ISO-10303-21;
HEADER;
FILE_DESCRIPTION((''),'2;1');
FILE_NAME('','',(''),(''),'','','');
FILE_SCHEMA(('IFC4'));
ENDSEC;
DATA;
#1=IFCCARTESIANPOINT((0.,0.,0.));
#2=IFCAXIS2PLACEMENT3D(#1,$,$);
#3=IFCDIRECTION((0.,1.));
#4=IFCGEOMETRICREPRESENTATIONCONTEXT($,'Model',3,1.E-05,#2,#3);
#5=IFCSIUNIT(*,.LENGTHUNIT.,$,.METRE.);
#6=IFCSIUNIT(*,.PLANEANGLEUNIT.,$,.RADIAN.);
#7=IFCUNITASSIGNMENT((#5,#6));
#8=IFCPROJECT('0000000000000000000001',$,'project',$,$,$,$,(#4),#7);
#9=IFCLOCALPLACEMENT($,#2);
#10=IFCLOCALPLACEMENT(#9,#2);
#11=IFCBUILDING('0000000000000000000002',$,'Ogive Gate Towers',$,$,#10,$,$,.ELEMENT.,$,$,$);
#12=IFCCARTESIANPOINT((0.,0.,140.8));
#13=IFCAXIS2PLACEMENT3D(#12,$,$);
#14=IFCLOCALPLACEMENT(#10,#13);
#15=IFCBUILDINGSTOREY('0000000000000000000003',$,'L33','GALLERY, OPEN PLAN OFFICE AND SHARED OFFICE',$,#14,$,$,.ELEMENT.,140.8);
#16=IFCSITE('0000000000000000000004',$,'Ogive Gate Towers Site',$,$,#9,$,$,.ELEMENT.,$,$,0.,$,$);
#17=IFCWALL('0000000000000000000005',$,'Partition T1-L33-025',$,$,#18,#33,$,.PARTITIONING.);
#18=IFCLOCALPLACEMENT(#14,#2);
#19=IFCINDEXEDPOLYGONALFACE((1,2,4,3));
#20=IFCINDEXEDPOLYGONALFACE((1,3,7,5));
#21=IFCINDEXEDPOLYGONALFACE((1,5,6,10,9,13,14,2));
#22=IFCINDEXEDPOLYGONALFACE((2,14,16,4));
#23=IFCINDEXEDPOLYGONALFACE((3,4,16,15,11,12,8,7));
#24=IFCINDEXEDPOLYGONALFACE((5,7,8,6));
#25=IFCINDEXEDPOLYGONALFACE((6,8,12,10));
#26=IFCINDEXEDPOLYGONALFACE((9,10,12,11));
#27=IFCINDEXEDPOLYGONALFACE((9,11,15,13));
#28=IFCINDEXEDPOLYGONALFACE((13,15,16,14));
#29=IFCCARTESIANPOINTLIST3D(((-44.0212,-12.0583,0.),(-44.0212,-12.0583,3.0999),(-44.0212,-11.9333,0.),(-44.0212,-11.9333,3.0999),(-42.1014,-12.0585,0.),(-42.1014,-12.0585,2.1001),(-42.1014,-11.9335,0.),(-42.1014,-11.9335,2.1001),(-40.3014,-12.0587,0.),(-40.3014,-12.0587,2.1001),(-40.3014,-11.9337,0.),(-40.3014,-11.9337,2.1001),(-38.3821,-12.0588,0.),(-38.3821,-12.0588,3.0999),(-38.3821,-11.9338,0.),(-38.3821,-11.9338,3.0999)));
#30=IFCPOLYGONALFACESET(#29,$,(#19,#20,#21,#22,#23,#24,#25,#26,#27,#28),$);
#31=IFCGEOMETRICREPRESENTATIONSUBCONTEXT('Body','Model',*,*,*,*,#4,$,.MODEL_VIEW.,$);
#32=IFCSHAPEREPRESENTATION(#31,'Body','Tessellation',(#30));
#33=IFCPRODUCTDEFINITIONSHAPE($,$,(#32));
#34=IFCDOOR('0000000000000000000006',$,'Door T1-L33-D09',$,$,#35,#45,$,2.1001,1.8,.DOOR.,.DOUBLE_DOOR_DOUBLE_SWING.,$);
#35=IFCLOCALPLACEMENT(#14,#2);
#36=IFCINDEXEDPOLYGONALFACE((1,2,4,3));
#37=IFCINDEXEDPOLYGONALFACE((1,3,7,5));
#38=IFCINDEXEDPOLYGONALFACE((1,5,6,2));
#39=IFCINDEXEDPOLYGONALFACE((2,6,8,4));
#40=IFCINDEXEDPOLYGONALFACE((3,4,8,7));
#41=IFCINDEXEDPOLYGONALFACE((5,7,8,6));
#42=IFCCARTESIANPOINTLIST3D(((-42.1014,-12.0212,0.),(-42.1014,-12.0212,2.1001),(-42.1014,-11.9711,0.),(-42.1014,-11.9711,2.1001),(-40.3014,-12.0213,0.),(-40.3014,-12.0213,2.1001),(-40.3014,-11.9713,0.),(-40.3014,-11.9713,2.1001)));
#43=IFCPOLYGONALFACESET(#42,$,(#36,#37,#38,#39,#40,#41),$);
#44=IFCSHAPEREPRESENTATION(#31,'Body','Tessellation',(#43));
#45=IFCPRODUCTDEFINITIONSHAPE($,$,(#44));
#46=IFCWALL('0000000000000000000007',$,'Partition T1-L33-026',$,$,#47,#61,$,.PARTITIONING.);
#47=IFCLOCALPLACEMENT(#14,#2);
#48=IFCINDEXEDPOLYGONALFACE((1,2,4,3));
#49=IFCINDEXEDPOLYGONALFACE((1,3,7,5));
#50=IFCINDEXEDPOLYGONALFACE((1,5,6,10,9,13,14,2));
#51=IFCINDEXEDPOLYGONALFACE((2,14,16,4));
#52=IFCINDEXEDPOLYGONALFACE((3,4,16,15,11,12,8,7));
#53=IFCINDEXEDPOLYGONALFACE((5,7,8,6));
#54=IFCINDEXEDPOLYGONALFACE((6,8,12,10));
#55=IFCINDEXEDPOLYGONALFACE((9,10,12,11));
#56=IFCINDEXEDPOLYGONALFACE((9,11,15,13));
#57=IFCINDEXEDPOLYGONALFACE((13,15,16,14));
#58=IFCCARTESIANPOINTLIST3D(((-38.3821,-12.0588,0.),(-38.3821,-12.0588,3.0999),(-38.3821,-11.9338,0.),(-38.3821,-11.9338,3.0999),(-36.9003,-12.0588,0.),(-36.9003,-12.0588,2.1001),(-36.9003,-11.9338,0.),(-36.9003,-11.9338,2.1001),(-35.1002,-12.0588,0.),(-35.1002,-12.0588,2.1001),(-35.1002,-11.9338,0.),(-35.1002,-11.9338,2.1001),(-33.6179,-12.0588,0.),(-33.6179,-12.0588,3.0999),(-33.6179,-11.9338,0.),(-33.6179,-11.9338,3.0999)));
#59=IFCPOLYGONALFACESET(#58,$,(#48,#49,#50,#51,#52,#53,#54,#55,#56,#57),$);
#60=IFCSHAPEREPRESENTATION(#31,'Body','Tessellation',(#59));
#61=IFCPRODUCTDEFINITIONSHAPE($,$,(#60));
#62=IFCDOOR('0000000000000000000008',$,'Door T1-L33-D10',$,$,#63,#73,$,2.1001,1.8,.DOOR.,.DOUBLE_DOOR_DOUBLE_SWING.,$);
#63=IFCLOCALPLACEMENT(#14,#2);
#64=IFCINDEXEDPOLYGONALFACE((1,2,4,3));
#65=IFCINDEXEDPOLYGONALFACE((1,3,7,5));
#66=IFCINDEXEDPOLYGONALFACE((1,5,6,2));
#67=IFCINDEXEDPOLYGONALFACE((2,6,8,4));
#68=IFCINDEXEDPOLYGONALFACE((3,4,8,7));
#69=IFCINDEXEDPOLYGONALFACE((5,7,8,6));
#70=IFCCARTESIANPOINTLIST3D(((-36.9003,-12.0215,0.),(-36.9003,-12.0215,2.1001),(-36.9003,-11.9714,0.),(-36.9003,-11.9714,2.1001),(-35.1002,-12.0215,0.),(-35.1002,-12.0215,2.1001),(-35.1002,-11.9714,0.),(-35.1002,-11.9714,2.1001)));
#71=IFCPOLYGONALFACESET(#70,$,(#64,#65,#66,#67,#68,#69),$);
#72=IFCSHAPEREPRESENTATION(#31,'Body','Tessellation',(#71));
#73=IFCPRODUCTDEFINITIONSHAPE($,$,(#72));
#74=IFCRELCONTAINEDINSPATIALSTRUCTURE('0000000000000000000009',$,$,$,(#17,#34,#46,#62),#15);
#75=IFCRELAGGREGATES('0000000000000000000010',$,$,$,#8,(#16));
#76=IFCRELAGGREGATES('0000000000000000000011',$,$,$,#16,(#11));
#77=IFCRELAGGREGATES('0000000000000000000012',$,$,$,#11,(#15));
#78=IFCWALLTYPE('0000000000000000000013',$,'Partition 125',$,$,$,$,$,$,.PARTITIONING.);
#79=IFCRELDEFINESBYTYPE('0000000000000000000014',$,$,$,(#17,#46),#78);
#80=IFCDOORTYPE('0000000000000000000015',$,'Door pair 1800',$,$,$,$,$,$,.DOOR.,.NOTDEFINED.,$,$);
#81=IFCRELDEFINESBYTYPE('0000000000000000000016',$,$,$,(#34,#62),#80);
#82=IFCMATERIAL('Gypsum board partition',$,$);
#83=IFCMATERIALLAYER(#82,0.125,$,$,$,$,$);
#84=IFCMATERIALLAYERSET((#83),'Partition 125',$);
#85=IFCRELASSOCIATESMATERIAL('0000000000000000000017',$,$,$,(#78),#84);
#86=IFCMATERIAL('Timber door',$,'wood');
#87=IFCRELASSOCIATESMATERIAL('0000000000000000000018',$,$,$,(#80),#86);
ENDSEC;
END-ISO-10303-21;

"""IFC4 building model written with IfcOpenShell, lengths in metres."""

from ifc_helpers import new_model, si_unit, direction, frame, frame_2d, origin, place, context, subcontext, project, spatial, rectangle, extrude, material, layer, layer_set, type_object, element, fill, save


model = new_model("IFC4")

# Units and contexts
model_context = context("Model", 3, precision=1e-05, world=origin(), true_north=direction((0.0, 1.0)))
body_context = subcontext(model_context, "Body", "Model", "MODEL_VIEW")
ifc_project = project(units=[si_unit("LENGTHUNIT", "METRE"), si_unit("PLANEANGLEUNIT", "RADIAN")], contexts=[model_context])

# Site, building, storey
site_placement = place(None, origin())
site = spatial("IfcSite", under=ifc_project, at=site_placement, Name="Ogive Gate Towers Site", CompositionType="ELEMENT", RefElevation=0.0)
building_placement = place(site_placement, origin())
building = spatial("IfcBuilding", under=site, at=building_placement, Name="Ogive Gate Towers", CompositionType="ELEMENT")
storey_placement = place(building_placement, frame((0.0, 0.0, 140.8)))
storey = spatial("IfcBuildingStorey", under=building, at=storey_placement, Name="L33", Description="GALLERY, OPEN PLAN OFFICE AND SHARED OFFICE", CompositionType="ELEMENT", Elevation=140.8)

# Shared definitions
ifc_material_1 = material(Name="Gypsum board partition")
ifc_layer_1 = layer(ifc_material_1, 0.125)
ifc_layer_set_1 = layer_set([ifc_layer_1], Name="Partition 125")
wall_type = type_object("IfcWallType", Name="Partition 125", PredefinedType="PARTITIONING", material=ifc_layer_set_1)

# Walls, openings, doors
wall_1_placement = place(storey_placement, frame((-44.0212, -11.9958, 0.0), z_axis=(0.0, 0.0, 1.0), x_axis=(1.0, -0.000087, 0.0)))
wall_1 = element("IfcWall", 1, at=wall_1_placement, inside=storey, type_object=wall_type, Name="Partition T1-L33-025", PredefinedType="PARTITIONING", context=body_context, shape_type="SweptSolid", body=[
    extrude(rectangle(XDim=5.6392, YDim=0.125, at=frame_2d((2.8196, 0.0))), origin(), (0.0, 0.0, 1.0), 3.0999),
])
opening_1_placement = place(wall_1_placement, frame((1.9199, 0.0, 0.0)))
opening_1 = element("IfcOpeningElement", 2, at=opening_1_placement, cuts=wall_1, PredefinedType="OPENING", context=body_context, shape_type="SweptSolid", body=[
    extrude(rectangle(XDim=1.8, YDim=2.1001, at=frame_2d((0.8999, 1.05))), frame((0.0, 0.0725, 0.0), z_axis=(0.0, -1.0, 0.0), x_axis=(1.0, 0.0, 0.0)), (0.0, 0.0, 1.0), 0.145),
])
ifc_material_2 = material(Name="Timber door", Category="wood")
door_type = type_object("IfcDoorType", Name="Door pair 1800", OperationType="NOTDEFINED", PredefinedType="DOOR", material=ifc_material_2)
door_1_placement = place(opening_1_placement, origin())
door_1 = element("IfcDoor", 3, at=door_1_placement, inside=storey, type_object=door_type, Name="Door T1-L33-D09", OperationType="DOUBLE_DOOR_DOUBLE_SWING", OverallHeight=2.1001, OverallWidth=1.8, PredefinedType="DOOR", context=body_context, shape_type="SweptSolid", body=[
    extrude(rectangle(XDim=1.8, YDim=2.1001, at=frame_2d((0.8999, 1.05))), frame((0.0, 0.0249, 0.0), z_axis=(0.0, -1.0, 0.0), x_axis=(1.0, 0.0, 0.0)), (0.0, 0.0, 1.0), 0.05),
])
fill(opening_1, door_1)
wall_2_placement = place(storey_placement, frame((-38.3821, -11.9963, 0.0), z_axis=(0.0, 0.0, 1.0), x_axis=(1.0, 0.0, 0.0)))
wall_2 = element("IfcWall", 4, at=wall_2_placement, inside=storey, type_object=wall_type, Name="Partition T1-L33-026", PredefinedType="PARTITIONING", context=body_context, shape_type="SweptSolid", body=[
    extrude(rectangle(XDim=4.7642, YDim=0.125, at=frame_2d((2.3821, 0.0))), origin(), (0.0, 0.0, 1.0), 3.0999),
])
opening_2_placement = place(wall_2_placement, frame((1.4819, 0.0, 0.0)))
opening_2 = element("IfcOpeningElement", 5, at=opening_2_placement, cuts=wall_2, PredefinedType="OPENING", context=body_context, shape_type="SweptSolid", body=[
    extrude(rectangle(XDim=1.8, YDim=2.1001, at=frame_2d((0.8999, 1.05))), frame((0.0, 0.0725, 0.0), z_axis=(0.0, -1.0, 0.0), x_axis=(1.0, 0.0, 0.0)), (0.0, 0.0, 1.0), 0.145),
])
door_2_placement = place(opening_2_placement, origin())
door_2 = element("IfcDoor", 6, at=door_2_placement, inside=storey, type_object=door_type, Name="Door T1-L33-D10", OperationType="DOUBLE_DOOR_DOUBLE_SWING", OverallHeight=2.1001, OverallWidth=1.8, PredefinedType="DOOR", context=body_context, shape_type="SweptSolid", body=[
    extrude(rectangle(XDim=1.8, YDim=2.1001, at=frame_2d((0.8999, 1.05))), frame((0.0, 0.0249, 0.0), z_axis=(0.0, -1.0, 0.0), x_axis=(1.0, 0.0, 0.0)), (0.0, 0.0, 1.0), 0.05),
])
fill(opening_2, door_2)

save(model, "model.ifc")
